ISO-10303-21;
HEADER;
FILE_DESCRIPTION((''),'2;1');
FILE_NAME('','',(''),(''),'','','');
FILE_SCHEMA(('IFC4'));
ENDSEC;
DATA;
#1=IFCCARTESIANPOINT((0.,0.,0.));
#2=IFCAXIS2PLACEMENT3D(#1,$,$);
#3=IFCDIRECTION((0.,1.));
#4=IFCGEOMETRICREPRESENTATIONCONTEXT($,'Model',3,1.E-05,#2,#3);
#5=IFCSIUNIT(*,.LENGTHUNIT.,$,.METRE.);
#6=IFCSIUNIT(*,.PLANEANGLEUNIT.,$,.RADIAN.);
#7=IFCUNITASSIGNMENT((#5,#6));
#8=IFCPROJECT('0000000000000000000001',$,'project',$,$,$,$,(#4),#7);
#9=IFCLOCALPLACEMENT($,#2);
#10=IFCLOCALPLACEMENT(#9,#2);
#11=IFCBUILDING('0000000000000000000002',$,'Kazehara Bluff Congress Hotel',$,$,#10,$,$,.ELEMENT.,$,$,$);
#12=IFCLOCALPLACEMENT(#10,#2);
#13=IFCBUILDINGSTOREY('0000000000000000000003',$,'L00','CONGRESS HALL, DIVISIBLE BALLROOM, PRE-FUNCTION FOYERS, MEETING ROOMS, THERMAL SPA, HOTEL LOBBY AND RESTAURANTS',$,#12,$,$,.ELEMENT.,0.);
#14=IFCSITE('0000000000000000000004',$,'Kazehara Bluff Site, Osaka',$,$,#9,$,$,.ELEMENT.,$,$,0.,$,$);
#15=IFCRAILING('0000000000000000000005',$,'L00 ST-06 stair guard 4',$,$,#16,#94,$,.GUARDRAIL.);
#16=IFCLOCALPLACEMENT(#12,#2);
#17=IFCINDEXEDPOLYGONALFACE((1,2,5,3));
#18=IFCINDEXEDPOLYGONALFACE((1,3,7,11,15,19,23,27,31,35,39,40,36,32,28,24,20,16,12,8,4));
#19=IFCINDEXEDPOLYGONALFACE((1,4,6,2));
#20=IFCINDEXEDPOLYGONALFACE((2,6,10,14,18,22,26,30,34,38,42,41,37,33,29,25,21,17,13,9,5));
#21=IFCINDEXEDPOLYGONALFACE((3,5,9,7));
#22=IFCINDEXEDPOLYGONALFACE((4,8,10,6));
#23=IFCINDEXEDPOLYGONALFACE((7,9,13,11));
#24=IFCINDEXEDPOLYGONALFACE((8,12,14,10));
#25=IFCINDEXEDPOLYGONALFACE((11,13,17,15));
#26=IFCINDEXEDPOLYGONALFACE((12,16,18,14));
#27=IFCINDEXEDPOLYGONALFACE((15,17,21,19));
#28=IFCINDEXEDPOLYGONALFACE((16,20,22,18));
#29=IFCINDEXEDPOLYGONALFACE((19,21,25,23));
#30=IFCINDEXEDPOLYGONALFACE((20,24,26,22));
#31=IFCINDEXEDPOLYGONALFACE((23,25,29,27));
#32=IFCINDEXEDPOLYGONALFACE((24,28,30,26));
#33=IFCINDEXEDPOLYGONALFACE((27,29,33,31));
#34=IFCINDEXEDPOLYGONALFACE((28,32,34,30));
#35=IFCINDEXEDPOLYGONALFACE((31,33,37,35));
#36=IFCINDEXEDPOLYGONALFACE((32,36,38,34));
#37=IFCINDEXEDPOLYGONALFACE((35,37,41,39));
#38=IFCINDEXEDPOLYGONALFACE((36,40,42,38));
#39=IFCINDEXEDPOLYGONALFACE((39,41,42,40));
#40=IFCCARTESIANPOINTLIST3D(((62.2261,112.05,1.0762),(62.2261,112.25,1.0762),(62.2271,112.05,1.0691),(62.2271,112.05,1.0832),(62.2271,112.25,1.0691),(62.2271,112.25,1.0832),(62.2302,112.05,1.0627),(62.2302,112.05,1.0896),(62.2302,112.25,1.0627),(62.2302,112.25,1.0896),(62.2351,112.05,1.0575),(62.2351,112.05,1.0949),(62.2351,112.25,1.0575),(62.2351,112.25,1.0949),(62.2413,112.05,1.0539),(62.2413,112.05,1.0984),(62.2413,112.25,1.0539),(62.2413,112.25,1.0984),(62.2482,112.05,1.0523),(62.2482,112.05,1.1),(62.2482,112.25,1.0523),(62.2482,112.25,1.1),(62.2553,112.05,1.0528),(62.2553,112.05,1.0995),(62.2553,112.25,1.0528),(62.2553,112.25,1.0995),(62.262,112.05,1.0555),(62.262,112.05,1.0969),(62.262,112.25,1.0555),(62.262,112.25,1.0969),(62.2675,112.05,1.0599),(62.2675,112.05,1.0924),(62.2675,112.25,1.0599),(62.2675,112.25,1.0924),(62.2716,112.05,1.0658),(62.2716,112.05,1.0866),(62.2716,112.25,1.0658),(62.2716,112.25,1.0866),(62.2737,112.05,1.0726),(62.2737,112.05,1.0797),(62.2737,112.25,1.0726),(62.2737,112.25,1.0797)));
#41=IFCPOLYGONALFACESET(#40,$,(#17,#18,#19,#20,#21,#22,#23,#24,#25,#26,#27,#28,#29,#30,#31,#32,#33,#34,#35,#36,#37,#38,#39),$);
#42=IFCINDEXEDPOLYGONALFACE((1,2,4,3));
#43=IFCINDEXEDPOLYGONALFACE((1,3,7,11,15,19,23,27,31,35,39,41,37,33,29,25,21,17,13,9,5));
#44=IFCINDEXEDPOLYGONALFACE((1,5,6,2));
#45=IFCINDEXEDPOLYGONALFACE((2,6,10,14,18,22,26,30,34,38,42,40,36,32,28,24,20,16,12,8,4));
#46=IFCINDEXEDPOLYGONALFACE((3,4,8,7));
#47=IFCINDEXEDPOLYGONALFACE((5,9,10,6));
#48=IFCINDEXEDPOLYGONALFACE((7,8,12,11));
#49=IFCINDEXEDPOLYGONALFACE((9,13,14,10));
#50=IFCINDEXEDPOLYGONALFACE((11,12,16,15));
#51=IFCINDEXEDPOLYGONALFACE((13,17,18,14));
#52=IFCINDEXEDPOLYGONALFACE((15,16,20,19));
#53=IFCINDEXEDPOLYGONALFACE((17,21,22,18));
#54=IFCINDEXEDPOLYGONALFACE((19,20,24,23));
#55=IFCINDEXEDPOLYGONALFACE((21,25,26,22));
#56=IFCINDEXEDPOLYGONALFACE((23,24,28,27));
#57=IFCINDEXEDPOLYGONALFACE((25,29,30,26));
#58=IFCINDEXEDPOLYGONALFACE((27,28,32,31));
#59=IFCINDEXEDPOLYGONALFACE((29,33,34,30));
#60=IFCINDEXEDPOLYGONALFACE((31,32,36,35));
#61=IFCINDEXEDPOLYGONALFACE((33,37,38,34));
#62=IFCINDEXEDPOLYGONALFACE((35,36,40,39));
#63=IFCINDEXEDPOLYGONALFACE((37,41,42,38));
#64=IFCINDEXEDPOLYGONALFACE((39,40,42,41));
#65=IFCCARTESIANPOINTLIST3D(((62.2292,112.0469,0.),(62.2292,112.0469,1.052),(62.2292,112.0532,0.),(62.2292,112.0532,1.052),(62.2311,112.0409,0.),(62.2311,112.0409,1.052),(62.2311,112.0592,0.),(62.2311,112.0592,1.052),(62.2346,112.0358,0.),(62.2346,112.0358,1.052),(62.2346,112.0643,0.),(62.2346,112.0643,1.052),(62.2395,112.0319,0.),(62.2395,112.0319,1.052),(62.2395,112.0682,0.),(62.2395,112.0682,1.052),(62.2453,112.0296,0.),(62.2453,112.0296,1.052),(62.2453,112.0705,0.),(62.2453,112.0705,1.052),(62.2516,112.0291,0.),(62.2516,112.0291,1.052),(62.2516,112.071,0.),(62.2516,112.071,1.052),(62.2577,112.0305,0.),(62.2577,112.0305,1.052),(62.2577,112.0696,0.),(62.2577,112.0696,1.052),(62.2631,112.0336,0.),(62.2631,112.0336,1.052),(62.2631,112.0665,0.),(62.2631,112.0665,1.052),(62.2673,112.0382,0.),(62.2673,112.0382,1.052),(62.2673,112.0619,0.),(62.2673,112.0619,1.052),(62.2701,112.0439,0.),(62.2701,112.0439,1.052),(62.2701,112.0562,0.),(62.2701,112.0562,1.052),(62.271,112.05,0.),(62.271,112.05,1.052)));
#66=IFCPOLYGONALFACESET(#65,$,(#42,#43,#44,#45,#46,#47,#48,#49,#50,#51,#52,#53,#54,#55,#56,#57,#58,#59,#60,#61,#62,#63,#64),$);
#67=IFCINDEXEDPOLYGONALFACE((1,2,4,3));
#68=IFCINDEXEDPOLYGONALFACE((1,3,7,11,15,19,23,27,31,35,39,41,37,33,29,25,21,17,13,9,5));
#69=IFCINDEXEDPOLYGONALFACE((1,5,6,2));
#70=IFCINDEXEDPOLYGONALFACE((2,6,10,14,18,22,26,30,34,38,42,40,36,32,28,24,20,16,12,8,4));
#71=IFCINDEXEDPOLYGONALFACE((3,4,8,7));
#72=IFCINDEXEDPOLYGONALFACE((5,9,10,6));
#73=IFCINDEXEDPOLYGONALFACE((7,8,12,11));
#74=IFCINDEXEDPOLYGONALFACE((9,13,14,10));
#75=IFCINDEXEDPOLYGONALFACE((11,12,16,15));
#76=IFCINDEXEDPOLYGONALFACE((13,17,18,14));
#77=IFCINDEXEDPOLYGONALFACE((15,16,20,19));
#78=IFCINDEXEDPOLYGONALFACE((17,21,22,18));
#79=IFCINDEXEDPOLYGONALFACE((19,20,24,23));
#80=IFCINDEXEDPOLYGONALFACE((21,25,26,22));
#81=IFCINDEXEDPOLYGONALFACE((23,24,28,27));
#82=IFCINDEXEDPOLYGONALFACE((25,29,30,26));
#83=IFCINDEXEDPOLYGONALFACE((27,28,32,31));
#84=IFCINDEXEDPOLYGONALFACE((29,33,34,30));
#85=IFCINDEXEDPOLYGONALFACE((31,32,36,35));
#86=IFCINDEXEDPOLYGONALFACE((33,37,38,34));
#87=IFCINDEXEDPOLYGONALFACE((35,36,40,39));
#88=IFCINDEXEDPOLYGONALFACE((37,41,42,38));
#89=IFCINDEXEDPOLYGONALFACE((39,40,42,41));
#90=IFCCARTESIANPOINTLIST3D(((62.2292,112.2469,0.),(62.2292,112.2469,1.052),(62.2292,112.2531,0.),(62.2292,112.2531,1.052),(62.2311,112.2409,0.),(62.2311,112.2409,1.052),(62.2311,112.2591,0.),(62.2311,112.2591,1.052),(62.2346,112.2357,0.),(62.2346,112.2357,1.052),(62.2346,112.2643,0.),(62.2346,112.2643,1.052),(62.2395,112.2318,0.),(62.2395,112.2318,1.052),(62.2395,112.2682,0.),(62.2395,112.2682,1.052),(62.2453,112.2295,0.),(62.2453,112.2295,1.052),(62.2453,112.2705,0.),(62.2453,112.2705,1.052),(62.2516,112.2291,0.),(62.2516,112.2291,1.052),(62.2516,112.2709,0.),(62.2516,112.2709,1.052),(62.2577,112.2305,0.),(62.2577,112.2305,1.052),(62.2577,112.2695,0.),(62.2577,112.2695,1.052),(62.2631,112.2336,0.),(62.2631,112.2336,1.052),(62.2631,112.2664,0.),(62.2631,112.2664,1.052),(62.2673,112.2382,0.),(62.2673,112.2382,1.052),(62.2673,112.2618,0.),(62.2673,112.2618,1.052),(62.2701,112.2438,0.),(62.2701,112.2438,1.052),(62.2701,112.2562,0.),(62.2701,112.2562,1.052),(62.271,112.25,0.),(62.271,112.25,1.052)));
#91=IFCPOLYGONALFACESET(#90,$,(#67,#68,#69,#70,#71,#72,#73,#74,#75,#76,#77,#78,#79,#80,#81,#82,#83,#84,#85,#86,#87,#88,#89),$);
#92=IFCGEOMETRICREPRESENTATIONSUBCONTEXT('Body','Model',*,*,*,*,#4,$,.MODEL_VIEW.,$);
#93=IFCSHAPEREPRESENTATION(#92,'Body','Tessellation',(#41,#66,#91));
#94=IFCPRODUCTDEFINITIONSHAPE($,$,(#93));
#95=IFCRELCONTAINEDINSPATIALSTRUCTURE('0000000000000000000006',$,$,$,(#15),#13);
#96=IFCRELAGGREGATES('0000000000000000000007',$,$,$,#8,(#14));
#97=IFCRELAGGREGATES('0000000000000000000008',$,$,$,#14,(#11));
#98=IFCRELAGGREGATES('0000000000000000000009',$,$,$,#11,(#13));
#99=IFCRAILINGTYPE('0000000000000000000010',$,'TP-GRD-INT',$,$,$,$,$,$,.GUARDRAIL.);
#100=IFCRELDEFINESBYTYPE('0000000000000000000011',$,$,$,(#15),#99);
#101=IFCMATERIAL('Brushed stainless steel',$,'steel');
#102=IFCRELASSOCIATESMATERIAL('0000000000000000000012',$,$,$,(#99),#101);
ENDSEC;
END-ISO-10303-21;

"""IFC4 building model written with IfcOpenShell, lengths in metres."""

from ifc_helpers import new_model, si_unit, direction, frame, origin, origin_2d, place, context, subcontext, project, spatial, circle, extrude, material, type_object, element, save


model = new_model("IFC4")

# Units and contexts
model_context = context("Model", 3, precision=1e-05, world=origin(), true_north=direction((0.0, 1.0)))
body_context = subcontext(model_context, "Body", "Model", "MODEL_VIEW")
ifc_project = project(units=[si_unit("LENGTHUNIT", "METRE"), si_unit("PLANEANGLEUNIT", "RADIAN")], contexts=[model_context])

# Site, building, storey
site_placement = place(None, origin())
site = spatial("IfcSite", under=ifc_project, at=site_placement, Name="Kazehara Bluff Site, Osaka", CompositionType="ELEMENT", RefElevation=0.0)
building_placement = place(site_placement, origin())
building = spatial("IfcBuilding", under=site, at=building_placement, Name="Kazehara Bluff Congress Hotel", CompositionType="ELEMENT")
storey_placement = place(building_placement, origin())
storey = spatial("IfcBuildingStorey", under=building, at=storey_placement, Name="L00", Description="CONGRESS HALL, DIVISIBLE BALLROOM, PRE-FUNCTION FOYERS, MEETING ROOMS, THERMAL SPA, HOTEL LOBBY AND RESTAURANTS", CompositionType="ELEMENT", Elevation=0.0)

# Railing
ifc_material_1 = material(Name="Brushed stainless steel", Category="steel")
railing_type_1 = type_object("IfcRailingType", Name="TP-GRD-INT", PredefinedType="GUARDRAIL", material=ifc_material_1)
railing_1_placement = place(storey_placement, frame((62.25, 112.05, 0.0)))
element("IfcRailing", 1, at=railing_1_placement, inside=storey, type_object=railing_type_1, Name="L00 ST-06 stair guard 4", PredefinedType="GUARDRAIL", context=body_context, shape_type="SweptSolid", body=[
    extrude(circle(Radius=0.0239, at=origin_2d()), frame((0.0, 0.0, 1.0762), z_axis=(0.0, 1.0, 0.0), x_axis=(-1.0, 0.0, 0.0)), (0.0, 0.0, 1.0), 0.2),
    extrude(circle(Radius=0.021, at=origin_2d()), origin(), (0.0, 0.0, 1.0), 1.052),
    extrude(circle(Radius=0.021, at=origin_2d()), frame((0.0, 0.2, 0.0)), (0.0, 0.0, 1.0), 1.052),
])

save(model, "model.ifc")
